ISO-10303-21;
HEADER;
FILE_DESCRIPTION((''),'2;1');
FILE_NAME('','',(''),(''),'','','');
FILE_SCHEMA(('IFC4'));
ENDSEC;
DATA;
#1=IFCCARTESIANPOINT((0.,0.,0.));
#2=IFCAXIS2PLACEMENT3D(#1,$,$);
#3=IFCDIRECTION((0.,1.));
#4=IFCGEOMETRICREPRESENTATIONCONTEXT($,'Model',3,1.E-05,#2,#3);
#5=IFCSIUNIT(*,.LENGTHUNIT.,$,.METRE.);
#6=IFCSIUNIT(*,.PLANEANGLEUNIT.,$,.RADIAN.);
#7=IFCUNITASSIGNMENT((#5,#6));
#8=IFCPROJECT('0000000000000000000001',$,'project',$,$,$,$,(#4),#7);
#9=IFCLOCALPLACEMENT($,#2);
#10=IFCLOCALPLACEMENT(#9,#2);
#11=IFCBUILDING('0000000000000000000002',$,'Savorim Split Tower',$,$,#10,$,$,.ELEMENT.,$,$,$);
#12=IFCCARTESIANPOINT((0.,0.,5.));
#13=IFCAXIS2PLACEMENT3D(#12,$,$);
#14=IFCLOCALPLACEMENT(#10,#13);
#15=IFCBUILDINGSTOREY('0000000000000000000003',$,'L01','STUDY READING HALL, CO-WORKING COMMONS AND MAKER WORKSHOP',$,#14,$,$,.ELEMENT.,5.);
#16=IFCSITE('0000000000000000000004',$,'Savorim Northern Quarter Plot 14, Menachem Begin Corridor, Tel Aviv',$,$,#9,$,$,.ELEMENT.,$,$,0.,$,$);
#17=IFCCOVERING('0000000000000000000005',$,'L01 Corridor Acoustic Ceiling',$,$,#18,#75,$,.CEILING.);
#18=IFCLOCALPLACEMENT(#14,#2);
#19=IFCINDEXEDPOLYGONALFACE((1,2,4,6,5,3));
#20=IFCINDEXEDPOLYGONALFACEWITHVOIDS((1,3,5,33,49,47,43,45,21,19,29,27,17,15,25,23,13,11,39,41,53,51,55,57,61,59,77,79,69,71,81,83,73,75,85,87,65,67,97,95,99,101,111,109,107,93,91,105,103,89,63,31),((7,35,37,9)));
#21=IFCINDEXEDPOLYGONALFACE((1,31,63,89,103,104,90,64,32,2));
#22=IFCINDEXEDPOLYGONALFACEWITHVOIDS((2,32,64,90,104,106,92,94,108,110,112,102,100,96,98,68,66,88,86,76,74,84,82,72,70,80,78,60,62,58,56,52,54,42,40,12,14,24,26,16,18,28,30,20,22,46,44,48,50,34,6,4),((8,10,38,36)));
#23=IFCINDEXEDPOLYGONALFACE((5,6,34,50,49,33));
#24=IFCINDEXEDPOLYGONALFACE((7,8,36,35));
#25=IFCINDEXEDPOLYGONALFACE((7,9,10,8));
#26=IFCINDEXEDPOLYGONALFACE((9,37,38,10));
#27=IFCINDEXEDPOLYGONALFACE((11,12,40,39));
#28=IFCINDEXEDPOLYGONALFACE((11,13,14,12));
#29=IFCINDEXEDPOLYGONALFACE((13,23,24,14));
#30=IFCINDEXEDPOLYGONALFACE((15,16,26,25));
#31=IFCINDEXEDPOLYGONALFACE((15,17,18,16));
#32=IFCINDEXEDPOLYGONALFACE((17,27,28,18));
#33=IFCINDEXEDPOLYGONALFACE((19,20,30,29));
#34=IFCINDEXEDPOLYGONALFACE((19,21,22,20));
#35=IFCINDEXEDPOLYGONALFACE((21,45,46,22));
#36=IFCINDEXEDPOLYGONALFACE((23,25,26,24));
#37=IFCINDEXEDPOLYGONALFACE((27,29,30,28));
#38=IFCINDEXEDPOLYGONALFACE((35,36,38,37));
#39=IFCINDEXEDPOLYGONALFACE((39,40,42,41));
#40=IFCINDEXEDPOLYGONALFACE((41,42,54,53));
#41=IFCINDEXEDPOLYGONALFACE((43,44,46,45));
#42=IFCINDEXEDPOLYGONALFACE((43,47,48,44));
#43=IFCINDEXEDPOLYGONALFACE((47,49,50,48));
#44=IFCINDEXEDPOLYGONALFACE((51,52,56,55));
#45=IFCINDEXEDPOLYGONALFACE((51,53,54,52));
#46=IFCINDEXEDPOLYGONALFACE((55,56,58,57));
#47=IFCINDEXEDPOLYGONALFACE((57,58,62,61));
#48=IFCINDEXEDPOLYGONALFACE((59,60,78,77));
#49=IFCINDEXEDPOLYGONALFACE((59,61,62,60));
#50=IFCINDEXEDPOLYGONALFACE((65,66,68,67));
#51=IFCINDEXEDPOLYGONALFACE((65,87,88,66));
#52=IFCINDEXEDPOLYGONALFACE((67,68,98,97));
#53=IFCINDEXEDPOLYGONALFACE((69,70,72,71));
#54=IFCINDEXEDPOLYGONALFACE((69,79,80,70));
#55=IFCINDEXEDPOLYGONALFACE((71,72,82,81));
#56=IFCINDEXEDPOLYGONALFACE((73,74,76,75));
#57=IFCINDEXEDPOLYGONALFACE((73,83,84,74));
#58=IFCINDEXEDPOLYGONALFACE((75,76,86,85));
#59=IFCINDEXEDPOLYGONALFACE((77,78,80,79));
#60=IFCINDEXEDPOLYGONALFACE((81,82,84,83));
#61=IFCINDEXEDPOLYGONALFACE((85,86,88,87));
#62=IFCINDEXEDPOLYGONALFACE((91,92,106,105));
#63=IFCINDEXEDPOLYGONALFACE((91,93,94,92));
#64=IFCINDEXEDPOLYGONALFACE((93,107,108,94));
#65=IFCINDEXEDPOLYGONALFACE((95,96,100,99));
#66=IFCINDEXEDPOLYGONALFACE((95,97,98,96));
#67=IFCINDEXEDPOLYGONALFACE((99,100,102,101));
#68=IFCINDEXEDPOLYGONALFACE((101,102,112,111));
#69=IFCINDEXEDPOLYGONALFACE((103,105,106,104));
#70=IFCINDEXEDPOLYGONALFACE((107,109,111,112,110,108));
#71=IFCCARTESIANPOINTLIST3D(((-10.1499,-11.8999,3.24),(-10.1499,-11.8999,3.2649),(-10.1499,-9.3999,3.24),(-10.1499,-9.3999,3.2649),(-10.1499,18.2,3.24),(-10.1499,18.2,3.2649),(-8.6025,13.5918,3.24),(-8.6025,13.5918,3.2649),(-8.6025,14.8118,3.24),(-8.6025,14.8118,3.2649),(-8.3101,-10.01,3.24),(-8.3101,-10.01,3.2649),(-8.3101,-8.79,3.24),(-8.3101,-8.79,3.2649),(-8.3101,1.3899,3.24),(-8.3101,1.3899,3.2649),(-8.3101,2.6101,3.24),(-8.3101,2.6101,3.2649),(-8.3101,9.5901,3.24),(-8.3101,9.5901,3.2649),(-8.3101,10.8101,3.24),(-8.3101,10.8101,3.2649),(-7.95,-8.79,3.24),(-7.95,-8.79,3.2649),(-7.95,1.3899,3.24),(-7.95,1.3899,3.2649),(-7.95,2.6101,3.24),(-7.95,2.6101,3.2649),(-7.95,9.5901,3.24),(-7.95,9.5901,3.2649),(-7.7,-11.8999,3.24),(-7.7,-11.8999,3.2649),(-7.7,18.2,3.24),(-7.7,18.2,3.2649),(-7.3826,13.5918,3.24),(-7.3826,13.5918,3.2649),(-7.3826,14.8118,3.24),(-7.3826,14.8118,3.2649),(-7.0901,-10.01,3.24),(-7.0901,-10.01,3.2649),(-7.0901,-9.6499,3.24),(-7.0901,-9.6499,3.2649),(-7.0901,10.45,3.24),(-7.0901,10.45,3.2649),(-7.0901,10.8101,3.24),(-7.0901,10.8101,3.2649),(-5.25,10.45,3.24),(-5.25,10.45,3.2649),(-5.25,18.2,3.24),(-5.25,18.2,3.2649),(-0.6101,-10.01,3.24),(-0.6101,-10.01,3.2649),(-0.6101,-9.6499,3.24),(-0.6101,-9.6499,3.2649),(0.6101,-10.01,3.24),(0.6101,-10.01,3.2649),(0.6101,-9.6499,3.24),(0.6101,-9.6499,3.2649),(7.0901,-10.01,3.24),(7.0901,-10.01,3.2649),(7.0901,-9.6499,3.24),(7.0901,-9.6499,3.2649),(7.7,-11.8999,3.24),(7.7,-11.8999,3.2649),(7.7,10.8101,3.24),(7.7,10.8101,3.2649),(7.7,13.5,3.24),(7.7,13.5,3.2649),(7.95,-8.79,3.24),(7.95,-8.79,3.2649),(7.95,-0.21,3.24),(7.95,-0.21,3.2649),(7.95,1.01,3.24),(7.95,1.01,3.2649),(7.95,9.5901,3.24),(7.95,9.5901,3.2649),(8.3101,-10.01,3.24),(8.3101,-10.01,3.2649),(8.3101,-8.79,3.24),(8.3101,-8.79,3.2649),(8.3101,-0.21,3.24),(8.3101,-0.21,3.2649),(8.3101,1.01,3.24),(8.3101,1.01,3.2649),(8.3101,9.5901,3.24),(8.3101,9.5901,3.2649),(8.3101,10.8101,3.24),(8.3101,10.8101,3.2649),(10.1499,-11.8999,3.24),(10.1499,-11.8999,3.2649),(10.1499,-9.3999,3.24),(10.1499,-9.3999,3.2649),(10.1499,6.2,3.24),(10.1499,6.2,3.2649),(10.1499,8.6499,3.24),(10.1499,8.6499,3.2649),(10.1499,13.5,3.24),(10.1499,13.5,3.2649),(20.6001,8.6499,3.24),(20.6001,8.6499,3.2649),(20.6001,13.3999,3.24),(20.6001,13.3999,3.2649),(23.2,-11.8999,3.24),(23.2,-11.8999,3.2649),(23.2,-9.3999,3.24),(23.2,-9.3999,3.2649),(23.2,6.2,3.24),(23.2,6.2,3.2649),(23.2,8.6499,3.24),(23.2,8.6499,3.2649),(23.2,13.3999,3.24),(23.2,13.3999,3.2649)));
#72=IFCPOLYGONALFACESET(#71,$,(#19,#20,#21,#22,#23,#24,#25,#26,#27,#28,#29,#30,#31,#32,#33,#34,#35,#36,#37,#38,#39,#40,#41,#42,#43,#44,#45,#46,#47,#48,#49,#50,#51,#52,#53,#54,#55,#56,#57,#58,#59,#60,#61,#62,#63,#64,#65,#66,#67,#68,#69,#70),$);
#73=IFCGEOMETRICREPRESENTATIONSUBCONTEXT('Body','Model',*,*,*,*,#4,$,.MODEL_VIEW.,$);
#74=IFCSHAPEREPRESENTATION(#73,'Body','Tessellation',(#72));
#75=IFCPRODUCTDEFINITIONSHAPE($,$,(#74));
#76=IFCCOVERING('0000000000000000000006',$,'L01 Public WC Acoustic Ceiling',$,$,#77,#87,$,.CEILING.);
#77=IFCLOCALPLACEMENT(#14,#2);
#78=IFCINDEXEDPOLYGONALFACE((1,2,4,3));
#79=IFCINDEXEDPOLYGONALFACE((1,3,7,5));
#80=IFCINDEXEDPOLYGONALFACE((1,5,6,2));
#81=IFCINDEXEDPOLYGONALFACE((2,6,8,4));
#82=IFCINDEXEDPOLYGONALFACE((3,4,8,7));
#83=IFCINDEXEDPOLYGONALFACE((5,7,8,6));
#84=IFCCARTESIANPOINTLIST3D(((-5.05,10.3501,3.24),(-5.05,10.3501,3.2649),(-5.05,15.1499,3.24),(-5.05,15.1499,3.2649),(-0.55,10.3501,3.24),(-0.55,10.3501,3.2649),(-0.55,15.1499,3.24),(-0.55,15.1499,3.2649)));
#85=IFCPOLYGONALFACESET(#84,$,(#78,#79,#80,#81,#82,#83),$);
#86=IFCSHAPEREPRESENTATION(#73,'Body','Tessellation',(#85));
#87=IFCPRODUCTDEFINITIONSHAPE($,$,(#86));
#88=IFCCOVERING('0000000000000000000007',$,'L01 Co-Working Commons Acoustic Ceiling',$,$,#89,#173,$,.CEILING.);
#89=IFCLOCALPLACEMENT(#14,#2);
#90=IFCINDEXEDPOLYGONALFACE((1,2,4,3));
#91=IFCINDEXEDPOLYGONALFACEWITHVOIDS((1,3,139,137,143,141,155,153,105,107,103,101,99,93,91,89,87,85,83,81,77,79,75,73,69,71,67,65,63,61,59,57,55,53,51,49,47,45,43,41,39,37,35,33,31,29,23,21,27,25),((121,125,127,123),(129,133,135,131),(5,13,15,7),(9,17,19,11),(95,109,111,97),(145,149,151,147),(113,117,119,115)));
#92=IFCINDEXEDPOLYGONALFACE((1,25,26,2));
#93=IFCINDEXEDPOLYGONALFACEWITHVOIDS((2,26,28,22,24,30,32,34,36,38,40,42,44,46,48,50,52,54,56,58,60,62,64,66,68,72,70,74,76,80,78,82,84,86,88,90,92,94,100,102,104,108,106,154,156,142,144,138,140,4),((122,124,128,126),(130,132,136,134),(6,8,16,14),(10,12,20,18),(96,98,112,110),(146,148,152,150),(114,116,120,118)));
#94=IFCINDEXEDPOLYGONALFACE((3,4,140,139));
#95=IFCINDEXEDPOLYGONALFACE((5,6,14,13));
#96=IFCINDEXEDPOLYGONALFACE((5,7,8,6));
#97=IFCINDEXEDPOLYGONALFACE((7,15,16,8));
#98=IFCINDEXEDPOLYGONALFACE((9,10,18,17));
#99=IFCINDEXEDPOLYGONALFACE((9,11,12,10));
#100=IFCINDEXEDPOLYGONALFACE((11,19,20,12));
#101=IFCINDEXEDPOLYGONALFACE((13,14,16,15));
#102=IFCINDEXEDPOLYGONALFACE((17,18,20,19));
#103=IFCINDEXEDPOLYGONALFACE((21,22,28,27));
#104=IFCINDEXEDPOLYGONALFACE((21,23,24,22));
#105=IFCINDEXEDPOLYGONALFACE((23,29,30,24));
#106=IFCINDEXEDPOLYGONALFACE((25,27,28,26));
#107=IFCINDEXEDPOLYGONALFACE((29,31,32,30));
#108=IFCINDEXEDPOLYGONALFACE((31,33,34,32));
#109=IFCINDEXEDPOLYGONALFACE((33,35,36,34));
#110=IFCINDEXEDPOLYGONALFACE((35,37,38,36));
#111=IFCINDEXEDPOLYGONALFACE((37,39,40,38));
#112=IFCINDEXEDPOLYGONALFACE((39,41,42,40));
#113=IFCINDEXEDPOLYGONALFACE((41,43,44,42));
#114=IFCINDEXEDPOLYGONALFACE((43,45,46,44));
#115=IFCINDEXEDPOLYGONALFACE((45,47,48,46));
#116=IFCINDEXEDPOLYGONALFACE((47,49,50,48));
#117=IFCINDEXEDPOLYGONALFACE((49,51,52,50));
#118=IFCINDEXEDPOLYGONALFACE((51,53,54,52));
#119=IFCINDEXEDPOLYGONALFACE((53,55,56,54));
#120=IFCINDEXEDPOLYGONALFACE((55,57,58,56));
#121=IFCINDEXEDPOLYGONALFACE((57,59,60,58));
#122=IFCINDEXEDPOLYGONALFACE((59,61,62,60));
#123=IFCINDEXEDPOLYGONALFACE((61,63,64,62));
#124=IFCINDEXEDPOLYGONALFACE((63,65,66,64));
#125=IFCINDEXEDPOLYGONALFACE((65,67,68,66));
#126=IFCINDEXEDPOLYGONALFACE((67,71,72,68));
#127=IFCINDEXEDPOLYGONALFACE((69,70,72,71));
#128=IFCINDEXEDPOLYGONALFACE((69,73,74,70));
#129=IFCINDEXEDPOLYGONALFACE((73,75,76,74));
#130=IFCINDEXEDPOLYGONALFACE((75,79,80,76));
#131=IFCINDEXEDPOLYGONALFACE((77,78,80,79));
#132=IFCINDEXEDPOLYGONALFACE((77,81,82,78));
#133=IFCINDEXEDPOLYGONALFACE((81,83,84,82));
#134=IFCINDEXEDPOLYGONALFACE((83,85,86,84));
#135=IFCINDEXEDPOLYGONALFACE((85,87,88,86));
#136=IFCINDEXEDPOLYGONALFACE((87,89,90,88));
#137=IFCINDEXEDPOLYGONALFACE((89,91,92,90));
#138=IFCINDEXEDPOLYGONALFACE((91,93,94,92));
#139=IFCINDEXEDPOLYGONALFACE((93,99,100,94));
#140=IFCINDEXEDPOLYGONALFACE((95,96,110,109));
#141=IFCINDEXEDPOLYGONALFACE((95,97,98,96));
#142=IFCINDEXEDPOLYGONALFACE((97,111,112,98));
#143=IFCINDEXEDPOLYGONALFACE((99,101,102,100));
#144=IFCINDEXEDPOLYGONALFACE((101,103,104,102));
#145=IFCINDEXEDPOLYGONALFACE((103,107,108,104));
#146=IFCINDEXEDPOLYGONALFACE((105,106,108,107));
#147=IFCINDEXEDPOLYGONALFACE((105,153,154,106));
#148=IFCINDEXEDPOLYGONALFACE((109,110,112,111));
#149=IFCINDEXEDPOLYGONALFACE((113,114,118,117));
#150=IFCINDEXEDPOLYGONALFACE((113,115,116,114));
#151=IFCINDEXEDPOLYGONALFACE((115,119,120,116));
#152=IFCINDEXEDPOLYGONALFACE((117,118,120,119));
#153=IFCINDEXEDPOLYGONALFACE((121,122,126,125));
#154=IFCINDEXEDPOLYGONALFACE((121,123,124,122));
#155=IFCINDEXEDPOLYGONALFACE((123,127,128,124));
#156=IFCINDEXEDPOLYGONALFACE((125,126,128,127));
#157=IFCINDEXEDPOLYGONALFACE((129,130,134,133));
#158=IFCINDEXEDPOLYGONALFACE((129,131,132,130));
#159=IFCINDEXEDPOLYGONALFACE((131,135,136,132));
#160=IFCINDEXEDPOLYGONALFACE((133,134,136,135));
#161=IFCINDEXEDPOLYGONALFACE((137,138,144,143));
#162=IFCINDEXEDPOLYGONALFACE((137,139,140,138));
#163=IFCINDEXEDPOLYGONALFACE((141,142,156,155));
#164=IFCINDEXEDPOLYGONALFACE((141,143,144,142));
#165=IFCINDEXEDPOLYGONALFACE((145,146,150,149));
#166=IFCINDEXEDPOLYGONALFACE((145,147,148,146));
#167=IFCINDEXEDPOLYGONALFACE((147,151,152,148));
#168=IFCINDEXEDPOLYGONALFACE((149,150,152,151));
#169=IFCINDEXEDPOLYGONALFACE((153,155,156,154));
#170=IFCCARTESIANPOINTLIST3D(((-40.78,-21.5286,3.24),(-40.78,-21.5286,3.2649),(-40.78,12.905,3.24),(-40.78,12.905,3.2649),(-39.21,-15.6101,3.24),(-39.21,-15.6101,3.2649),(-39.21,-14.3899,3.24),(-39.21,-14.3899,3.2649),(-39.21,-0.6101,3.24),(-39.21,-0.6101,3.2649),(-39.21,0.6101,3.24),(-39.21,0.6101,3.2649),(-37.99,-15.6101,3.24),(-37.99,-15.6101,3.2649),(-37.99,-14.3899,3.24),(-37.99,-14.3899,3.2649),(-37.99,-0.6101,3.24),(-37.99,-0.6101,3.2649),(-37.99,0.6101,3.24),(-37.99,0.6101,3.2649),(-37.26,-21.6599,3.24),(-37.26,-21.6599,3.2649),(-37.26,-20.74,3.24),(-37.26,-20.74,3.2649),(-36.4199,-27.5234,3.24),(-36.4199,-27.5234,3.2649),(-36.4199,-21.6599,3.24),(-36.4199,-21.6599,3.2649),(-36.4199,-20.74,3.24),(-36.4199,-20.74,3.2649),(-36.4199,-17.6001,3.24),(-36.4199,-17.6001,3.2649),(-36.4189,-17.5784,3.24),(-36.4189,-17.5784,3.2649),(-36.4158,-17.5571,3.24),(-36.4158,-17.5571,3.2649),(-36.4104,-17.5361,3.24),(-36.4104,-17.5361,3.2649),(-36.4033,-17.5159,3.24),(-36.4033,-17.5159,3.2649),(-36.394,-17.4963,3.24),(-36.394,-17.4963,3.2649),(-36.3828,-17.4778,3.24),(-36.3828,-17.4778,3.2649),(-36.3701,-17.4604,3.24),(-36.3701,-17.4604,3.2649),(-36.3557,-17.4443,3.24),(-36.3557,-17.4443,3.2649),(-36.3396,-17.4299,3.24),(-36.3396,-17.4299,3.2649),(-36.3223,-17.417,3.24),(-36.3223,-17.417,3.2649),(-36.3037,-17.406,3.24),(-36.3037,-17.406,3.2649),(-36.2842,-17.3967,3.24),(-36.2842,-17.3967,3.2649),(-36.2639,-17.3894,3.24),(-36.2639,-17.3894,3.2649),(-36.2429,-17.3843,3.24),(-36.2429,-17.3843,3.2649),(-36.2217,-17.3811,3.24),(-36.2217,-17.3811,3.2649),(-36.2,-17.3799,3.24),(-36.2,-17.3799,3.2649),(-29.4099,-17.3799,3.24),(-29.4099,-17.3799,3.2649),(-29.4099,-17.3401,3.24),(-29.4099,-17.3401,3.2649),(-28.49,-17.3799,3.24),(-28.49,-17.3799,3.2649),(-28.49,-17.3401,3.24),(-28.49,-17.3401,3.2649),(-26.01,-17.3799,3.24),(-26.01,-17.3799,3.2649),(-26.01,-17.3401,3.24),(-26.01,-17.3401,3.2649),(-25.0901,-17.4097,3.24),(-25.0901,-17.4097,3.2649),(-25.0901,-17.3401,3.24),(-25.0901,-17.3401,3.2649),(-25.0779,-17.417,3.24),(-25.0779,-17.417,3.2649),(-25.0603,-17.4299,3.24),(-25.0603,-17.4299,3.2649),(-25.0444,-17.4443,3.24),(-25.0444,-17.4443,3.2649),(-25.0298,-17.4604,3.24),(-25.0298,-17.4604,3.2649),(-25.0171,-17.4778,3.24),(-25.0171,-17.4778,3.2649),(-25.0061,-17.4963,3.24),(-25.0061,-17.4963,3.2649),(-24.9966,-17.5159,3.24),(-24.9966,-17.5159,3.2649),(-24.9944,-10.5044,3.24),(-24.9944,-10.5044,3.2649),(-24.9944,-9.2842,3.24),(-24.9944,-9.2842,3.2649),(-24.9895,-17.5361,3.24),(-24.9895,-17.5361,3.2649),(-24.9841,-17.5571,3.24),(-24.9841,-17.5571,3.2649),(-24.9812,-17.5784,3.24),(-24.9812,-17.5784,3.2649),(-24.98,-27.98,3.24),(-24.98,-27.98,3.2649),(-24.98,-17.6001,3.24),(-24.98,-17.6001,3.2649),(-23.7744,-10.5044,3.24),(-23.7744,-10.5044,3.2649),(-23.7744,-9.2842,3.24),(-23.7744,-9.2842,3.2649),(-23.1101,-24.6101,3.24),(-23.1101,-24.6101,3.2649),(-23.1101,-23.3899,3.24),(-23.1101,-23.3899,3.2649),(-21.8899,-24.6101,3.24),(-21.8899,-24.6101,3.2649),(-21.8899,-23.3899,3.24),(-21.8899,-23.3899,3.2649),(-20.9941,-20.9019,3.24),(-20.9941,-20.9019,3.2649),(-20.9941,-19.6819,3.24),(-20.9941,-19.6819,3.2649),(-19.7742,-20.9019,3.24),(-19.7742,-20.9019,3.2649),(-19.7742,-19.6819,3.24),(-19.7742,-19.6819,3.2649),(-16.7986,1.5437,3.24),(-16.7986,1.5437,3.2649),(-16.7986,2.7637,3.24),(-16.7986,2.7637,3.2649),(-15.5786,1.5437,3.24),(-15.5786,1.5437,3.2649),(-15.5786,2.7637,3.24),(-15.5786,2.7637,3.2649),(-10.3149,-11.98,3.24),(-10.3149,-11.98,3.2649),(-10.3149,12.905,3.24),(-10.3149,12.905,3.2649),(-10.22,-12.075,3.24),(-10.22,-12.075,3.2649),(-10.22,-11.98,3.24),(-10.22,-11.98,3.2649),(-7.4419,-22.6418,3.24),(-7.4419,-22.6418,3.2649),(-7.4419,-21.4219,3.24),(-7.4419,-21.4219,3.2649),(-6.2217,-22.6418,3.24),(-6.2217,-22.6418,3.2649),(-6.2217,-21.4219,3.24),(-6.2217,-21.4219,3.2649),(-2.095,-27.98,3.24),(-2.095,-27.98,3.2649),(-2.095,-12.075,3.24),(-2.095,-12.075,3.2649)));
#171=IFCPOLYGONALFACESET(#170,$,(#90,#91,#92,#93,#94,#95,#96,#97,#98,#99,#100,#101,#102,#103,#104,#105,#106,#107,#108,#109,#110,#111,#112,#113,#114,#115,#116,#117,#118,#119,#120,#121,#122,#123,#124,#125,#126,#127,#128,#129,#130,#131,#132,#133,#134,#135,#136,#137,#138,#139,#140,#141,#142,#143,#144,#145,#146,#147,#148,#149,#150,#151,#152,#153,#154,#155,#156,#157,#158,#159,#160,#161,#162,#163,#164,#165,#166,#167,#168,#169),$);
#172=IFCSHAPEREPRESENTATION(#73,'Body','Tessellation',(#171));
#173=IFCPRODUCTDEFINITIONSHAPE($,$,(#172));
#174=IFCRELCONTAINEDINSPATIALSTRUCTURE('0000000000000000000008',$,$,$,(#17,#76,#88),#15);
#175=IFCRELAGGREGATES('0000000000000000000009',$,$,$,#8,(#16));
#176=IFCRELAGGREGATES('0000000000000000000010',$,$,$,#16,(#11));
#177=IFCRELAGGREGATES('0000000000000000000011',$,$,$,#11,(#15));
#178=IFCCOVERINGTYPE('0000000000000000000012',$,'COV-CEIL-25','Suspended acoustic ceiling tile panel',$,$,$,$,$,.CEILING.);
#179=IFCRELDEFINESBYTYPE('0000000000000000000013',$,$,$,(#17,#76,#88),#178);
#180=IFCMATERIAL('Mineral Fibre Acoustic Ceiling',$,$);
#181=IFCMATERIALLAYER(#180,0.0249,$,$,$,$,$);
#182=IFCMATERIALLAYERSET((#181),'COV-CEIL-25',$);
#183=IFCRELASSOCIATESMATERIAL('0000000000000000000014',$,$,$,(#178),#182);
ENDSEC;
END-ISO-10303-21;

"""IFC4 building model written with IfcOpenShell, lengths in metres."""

from ifc_helpers import new_model, si_unit, direction, frame, origin, place, context, subcontext, project, spatial, polyline, outline, extrude, material, layer, layer_set, type_object, element, save


model = new_model("IFC4")

# Units and contexts
model_context = context("Model", 3, precision=1e-05, world=origin(), true_north=direction((0.0, 1.0)))
body_context = subcontext(model_context, "Body", "Model", "MODEL_VIEW")
ifc_project = project(units=[si_unit("LENGTHUNIT", "METRE"), si_unit("PLANEANGLEUNIT", "RADIAN")], contexts=[model_context])

# Site, building, storey
site_placement = place(None, origin())
site = spatial("IfcSite", under=ifc_project, at=site_placement, Name="Savorim Northern Quarter Plot 14, Menachem Begin Corridor, Tel Aviv", CompositionType="ELEMENT", RefElevation=0.0)
building_placement = place(site_placement, origin())
building = spatial("IfcBuilding", under=site, at=building_placement, Name="Savorim Split Tower", CompositionType="ELEMENT")
storey_placement = place(building_placement, frame((0.0, 0.0, 5.0)))
storey = spatial("IfcBuildingStorey", under=building, at=storey_placement, Name="L01", Description="STUDY READING HALL, CO-WORKING COMMONS AND MAKER WORKSHOP", CompositionType="ELEMENT", Elevation=5.0)

# Coverings
ifc_material_1 = material(Name="Mineral Fibre Acoustic Ceiling")
ifc_layer_1 = layer(ifc_material_1, 0.0249)
ifc_layer_set_1 = layer_set([ifc_layer_1], Name="COV-CEIL-25")
covering_type_1 = type_object("IfcCoveringType", Name="COV-CEIL-25", Description="Suspended acoustic ceiling tile panel", PredefinedType="CEILING", material=ifc_layer_set_1)
covering_1_placement = place(storey_placement, frame((0.0, 0.0, 3.24)))
element("IfcCovering", 1, at=covering_1_placement, inside=storey, type_object=covering_type_1, Name="L01 Corridor Acoustic Ceiling", PredefinedType="CEILING", context=body_context, shape_type="SweptSolid", body=[
    extrude(outline(polyline([(-7.7, 18.2), (-10.1499, 18.2), (-10.1499, -9.3999), (-10.1499, -11.8999), (-7.7, -11.8999), (7.7, -11.8999), (10.1499, -11.8999), (23.2, -11.8999), (23.2, -9.3999), (10.1499, -9.3999), (10.1499, 6.2), (23.2, 6.2), (23.2, 8.6499), (23.2, 13.3999), (20.6001, 13.3999), (20.6001, 8.6499), (10.1499, 8.6499), (10.1499, 13.5), (7.7, 13.5), (7.7, 10.8101), (8.3101, 10.8101), (8.3101, 9.5901), (7.95, 9.5901), (7.95, 1.01), (8.3101, 1.01), (8.3101, -0.21), (7.95, -0.21), (7.95, -8.79), (8.3101, -8.79), (8.3101, -10.01), (7.0901, -10.01), (7.0901, -9.6499), (0.6101, -9.6499), (0.6101, -10.01), (-0.6101, -10.01), (-0.6101, -9.6499), (-7.0901, -9.6499), (-7.0901, -10.01), (-8.3101, -10.01), (-8.3101, -8.79), (-7.95, -8.79), (-7.95, 1.3899), (-8.3101, 1.3899), (-8.3101, 2.6101), (-7.95, 2.6101), (-7.95, 9.5901), (-8.3101, 9.5901), (-8.3101, 10.8101), (-7.0901, 10.8101), (-7.0901, 10.45), (-5.25, 10.45), (-5.25, 18.2), (-7.7, 18.2)]), holes=[polyline([(-8.6025, 13.5918), (-7.3826, 13.5918), (-7.3826, 14.8118), (-8.6025, 14.8118), (-8.6025, 13.5918)])]), origin(), (0.0, 0.0, 1.0), 0.0249),
])
covering_2_placement = place(storey_placement, frame((0.0, 0.0, 3.24)))
element("IfcCovering", 2, at=covering_2_placement, inside=storey, type_object=covering_type_1, Name="L01 Public WC Acoustic Ceiling", PredefinedType="CEILING", context=body_context, shape_type="SweptSolid", body=[
    extrude(outline(polyline([(-5.05, 15.1499), (-5.05, 10.3501), (-0.55, 10.3501), (-0.55, 15.1499), (-5.05, 15.1499)])), origin(), (0.0, 0.0, 1.0), 0.0249),
])
covering_3_placement = place(storey_placement, frame((0.0, 0.0, 3.24)))
element("IfcCovering", 3, at=covering_3_placement, inside=storey, type_object=covering_type_1, Name="L01 Co-Working Commons Acoustic Ceiling", PredefinedType="CEILING", context=body_context, shape_type="SweptSolid", body=[
    extrude(outline(polyline([(-10.3149, 12.905), (-40.78, 12.905), (-40.78, -21.5286), (-36.4199, -27.5234), (-36.4199, -21.6599), (-37.26, -21.6599), (-37.26, -20.74), (-36.4199, -20.74), (-36.4199, -17.6001), (-36.4189, -17.5784), (-36.4158, -17.5571), (-36.4104, -17.5361), (-36.4033, -17.5159), (-36.394, -17.4963), (-36.3828, -17.4778), (-36.3701, -17.4604), (-36.3557, -17.4443), (-36.3396, -17.4299), (-36.3223, -17.417), (-36.3037, -17.406), (-36.2842, -17.3967), (-36.2639, -17.3894), (-36.2429, -17.3843), (-36.2217, -17.3811), (-36.2, -17.3799), (-29.4099, -17.3799), (-29.4099, -17.3401), (-28.49, -17.3401), (-28.49, -17.3799), (-26.01, -17.3799), (-26.01, -17.3401), (-25.0901, -17.3401), (-25.0901, -17.4097), (-25.0779, -17.417), (-25.0603, -17.4299), (-25.0444, -17.4443), (-25.0298, -17.4604), (-25.0171, -17.4778), (-25.0061, -17.4963), (-24.9966, -17.5159), (-24.9895, -17.5361), (-24.9841, -17.5571), (-24.9812, -17.5784), (-24.98, -17.6001), (-24.98, -27.98), (-2.095, -27.98), (-2.095, -12.075), (-10.22, -12.075), (-10.22, -11.98), (-10.3149, -11.98), (-10.3149, 12.905)]), holes=[polyline([(-37.99, 0.6101), (-39.21, 0.6101), (-39.21, -0.6101), (-37.99, -0.6101), (-37.99, 0.6101)]), polyline([(-39.21, -14.3899), (-39.21, -15.6101), (-37.99, -15.6101), (-37.99, -14.3899), (-39.21, -14.3899)]), polyline([(-23.1101, -24.6101), (-21.8899, -24.6101), (-21.8899, -23.3899), (-23.1101, -23.3899), (-23.1101, -24.6101)]), polyline([(-19.7742, -20.9019), (-19.7742, -19.6819), (-20.9941, -19.6819), (-20.9941, -20.9019), (-19.7742, -20.9019)]), polyline([(-6.2217, -21.4219), (-7.4419, -21.4219), (-7.4419, -22.6418), (-6.2217, -22.6418), (-6.2217, -21.4219)]), polyline([(-15.5786, 1.5437), (-15.5786, 2.7637), (-16.7986, 2.7637), (-16.7986, 1.5437), (-15.5786, 1.5437)]), polyline([(-23.7744, -9.2842), (-24.9944, -9.2842), (-24.9944, -10.5044), (-23.7744, -10.5044), (-23.7744, -9.2842)])]), origin(), (0.0, 0.0, 1.0), 0.0249),
])

save(model, "model.ifc")
